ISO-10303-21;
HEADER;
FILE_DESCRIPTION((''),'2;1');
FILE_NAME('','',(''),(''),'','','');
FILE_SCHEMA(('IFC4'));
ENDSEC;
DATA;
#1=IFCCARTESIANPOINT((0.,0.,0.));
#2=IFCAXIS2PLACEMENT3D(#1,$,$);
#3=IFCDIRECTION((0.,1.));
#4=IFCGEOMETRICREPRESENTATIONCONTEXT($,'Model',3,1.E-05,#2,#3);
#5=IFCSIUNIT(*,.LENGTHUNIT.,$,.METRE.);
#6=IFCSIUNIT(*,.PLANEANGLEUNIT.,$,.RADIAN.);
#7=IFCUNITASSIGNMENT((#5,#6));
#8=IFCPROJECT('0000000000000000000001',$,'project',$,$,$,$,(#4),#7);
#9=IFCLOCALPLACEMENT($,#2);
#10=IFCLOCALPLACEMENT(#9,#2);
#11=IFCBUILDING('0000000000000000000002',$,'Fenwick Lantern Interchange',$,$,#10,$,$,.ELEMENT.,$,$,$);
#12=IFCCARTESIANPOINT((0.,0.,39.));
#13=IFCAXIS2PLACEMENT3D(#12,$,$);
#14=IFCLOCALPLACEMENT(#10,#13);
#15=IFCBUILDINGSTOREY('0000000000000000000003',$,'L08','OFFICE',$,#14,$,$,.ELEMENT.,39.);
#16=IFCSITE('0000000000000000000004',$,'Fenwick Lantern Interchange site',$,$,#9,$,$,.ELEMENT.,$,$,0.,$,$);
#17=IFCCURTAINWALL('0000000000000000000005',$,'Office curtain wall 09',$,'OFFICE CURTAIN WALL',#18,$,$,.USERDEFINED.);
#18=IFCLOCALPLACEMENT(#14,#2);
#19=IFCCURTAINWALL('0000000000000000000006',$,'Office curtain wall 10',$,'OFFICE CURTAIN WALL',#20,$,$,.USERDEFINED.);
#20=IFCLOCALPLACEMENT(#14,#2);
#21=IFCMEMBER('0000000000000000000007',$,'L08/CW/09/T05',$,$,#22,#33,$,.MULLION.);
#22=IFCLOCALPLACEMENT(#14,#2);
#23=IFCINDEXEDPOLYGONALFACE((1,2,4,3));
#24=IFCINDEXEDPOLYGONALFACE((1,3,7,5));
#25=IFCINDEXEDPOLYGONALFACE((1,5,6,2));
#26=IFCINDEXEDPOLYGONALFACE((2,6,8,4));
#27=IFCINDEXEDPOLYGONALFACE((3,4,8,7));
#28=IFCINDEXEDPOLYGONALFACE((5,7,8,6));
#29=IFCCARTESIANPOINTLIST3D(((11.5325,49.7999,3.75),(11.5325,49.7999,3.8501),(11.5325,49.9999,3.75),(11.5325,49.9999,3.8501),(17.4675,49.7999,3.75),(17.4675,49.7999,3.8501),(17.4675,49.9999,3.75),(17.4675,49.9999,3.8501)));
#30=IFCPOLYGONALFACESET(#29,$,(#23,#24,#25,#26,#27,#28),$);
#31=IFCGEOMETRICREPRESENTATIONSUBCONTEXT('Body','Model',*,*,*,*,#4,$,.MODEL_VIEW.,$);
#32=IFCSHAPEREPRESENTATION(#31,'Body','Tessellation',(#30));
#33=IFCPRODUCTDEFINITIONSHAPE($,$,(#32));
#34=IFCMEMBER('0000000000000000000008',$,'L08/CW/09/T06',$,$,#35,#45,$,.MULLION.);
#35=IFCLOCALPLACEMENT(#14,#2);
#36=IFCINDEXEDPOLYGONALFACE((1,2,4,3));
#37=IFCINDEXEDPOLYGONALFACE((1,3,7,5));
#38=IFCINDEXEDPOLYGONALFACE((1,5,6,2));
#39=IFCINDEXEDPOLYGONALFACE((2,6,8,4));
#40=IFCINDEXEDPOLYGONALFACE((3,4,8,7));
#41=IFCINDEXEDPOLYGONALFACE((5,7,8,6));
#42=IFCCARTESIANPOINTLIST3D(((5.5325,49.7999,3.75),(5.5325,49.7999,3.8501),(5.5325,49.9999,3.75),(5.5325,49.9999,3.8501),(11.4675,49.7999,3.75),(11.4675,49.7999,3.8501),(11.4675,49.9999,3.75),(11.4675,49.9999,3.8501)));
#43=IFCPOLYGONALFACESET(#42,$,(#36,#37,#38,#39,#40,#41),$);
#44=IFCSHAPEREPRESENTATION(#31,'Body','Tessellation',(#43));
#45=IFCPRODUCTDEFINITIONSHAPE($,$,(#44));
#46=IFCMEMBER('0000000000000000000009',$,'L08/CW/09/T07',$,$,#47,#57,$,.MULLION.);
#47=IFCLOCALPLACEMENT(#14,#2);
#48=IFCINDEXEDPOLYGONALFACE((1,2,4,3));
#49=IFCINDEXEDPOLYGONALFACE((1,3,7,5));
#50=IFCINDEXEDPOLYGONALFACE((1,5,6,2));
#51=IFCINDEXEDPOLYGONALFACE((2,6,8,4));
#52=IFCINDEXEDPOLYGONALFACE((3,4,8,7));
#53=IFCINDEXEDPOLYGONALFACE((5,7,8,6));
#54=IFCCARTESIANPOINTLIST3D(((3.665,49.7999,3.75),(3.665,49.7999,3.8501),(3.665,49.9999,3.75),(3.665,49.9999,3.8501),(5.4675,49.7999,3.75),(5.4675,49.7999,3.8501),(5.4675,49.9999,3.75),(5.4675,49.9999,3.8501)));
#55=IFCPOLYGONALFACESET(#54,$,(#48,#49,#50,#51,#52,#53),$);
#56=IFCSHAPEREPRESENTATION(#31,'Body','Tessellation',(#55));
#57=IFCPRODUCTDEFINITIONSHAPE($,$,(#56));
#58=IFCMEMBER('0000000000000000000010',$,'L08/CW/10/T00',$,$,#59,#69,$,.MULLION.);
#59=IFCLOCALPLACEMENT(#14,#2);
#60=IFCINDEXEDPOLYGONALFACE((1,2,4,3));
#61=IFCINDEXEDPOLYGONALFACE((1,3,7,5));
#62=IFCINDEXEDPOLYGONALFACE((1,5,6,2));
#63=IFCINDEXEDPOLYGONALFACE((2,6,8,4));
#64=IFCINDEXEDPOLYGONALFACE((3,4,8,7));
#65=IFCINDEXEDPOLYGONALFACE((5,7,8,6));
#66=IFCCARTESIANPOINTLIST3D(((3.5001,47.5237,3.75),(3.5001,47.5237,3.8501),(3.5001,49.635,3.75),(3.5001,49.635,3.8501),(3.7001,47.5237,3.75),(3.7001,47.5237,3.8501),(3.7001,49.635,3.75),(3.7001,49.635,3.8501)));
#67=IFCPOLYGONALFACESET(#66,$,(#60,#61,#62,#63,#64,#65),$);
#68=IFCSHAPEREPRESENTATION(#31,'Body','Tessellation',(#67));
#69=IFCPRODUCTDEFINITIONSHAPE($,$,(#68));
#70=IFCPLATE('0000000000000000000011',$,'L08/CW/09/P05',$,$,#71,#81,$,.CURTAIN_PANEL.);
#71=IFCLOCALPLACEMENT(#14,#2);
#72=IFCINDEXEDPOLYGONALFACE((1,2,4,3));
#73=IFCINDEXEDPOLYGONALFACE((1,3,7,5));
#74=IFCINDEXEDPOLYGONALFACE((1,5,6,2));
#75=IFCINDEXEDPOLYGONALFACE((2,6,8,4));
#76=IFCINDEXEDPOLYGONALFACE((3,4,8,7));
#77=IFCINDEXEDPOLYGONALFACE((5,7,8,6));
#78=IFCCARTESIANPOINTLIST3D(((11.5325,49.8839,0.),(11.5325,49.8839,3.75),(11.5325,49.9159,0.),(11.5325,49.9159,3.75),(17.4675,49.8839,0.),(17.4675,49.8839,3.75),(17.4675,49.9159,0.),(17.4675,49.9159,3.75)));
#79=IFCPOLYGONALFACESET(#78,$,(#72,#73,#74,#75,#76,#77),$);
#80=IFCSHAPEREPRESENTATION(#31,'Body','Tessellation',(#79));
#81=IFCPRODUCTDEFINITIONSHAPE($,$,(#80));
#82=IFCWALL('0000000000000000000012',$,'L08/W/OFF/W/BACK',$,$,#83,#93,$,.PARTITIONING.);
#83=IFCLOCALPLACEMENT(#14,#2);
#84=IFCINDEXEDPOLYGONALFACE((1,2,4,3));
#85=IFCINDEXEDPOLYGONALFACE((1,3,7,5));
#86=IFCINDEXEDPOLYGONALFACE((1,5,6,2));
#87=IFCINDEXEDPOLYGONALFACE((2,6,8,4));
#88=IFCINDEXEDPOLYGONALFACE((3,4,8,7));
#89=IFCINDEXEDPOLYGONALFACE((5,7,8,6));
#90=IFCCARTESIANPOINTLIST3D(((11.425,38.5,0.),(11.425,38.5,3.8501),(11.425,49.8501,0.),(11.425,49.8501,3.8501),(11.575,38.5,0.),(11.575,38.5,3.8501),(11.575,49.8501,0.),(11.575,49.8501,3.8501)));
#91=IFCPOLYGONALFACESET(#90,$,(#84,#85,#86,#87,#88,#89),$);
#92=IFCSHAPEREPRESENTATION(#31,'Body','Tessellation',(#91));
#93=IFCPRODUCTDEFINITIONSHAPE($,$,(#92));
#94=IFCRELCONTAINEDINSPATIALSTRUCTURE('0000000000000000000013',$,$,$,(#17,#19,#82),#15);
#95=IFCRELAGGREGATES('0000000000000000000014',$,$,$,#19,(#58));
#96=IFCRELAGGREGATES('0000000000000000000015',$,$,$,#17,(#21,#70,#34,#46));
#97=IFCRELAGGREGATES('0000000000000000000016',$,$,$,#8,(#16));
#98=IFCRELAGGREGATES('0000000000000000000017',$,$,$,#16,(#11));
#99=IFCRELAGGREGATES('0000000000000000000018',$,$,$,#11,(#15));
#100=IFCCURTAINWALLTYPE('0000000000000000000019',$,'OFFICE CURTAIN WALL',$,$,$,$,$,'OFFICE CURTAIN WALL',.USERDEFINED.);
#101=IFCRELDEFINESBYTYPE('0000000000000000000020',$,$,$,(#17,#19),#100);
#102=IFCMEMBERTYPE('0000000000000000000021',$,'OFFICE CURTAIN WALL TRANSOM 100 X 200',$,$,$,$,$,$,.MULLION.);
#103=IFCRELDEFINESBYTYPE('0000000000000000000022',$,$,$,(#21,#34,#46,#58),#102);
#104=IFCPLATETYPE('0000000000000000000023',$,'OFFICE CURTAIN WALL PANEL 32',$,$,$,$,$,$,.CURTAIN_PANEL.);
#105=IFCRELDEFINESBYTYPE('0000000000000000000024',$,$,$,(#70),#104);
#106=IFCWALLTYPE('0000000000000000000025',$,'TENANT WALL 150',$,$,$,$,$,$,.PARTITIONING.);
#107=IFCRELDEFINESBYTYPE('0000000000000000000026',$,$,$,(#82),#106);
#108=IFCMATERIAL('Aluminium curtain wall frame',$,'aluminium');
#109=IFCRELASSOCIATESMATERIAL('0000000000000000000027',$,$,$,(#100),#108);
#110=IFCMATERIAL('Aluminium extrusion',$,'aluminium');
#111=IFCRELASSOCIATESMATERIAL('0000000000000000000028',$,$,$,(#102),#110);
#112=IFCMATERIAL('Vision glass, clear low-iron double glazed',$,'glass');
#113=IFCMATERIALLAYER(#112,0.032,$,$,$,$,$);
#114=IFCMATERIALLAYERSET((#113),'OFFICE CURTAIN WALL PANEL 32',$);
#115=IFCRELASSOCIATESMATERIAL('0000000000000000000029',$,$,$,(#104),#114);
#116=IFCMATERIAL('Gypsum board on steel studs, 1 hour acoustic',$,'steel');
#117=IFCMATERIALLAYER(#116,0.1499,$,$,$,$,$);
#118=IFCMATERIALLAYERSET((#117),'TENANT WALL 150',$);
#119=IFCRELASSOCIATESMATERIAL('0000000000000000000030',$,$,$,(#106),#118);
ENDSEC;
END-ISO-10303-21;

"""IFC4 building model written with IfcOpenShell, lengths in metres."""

from ifc_helpers import new_model, si_unit, direction, frame, frame_2d, origin, origin_2d, place, context, subcontext, project, spatial, rectangle, extrude, material, layer, layer_set, material_profile, profile_set, type_object, element, aggregate, save


model = new_model("IFC4")

# Units and contexts
model_context = context("Model", 3, precision=1e-05, world=origin(), true_north=direction((0.0, 1.0)))
body_context = subcontext(model_context, "Body", "Model", "MODEL_VIEW")
ifc_project = project(units=[si_unit("LENGTHUNIT", "METRE"), si_unit("PLANEANGLEUNIT", "RADIAN")], contexts=[model_context])

# Site, building, storey
site_placement = place(None, origin())
site = spatial("IfcSite", under=ifc_project, at=site_placement, Name="Fenwick Lantern Interchange site", CompositionType="ELEMENT", RefElevation=0.0)
building_placement = place(site_placement, origin())
building = spatial("IfcBuilding", under=site, at=building_placement, Name="Fenwick Lantern Interchange", CompositionType="ELEMENT")
storey_placement = place(building_placement, frame((0.0, 0.0, 39.0)))
storey = spatial("IfcBuildingStorey", under=building, at=storey_placement, Name="L08", Description="OFFICE", CompositionType="ELEMENT", Elevation=39.0)

# Curtain walls
ifc_material_1 = material(Name="Aluminium curtain wall frame", Category="aluminium")
curtain_wall_type = type_object("IfcCurtainWallType", Name="OFFICE CURTAIN WALL", ElementType="OFFICE CURTAIN WALL", PredefinedType="USERDEFINED", material=ifc_material_1)
curtain_wall_1_placement = place(storey_placement, origin())
curtain_wall_1 = element("IfcCurtainWall", 1, at=curtain_wall_1_placement, inside=storey, type_object=curtain_wall_type, Name="Office curtain wall 09", ObjectType="OFFICE CURTAIN WALL", PredefinedType="USERDEFINED")
ifc_material_2 = material(Name="Aluminium extrusion", Category="aluminium")
curtain_wall_2_placement = place(storey_placement, origin())
curtain_wall_2 = element("IfcCurtainWall", 2, at=curtain_wall_2_placement, inside=storey, type_object=curtain_wall_type, Name="Office curtain wall 10", ObjectType="OFFICE CURTAIN WALL", PredefinedType="USERDEFINED")

# Members
ifc_material_profile_1 = material_profile(ifc_material_2, rectangle(XDim=0.2, YDim=0.1001, at=origin_2d()), Name="OFFICE CURTAIN WALL TRANSOM 100 X 200")
ifc_profile_set_1 = profile_set([ifc_material_profile_1], Name="Aluminium extrusion")
member_type_1 = type_object("IfcMemberType", Name="OFFICE CURTAIN WALL TRANSOM 100 X 200", PredefinedType="MULLION", material=ifc_profile_set_1)
member_1_placement = place(storey_placement, frame((17.4675, 49.8999, 3.8), z_axis=(-1.0, 0.0, 0.0), x_axis=(0.0, -1.0, 0.0)))
member_1 = element("IfcMember", 3, at=member_1_placement, type_object=member_type_1, Name="L08/CW/09/T05", PredefinedType="MULLION", context=body_context, shape_type="SweptSolid", body=[
    extrude(rectangle(XDim=0.2, YDim=0.1001, at=origin_2d()), origin(), (0.0, 0.0, 1.0), 5.9351),
])
member_2_placement = place(storey_placement, frame((11.4675, 49.8999, 3.8), z_axis=(-1.0, 0.0, 0.0), x_axis=(0.0, -1.0, 0.0)))
member_2 = element("IfcMember", 4, at=member_2_placement, type_object=member_type_1, Name="L08/CW/09/T06", PredefinedType="MULLION", context=body_context, shape_type="SweptSolid", body=[
    extrude(rectangle(XDim=0.2, YDim=0.1001, at=origin_2d()), origin(), (0.0, 0.0, 1.0), 5.9351),
])
member_3_placement = place(storey_placement, frame((5.4675, 49.8999, 3.8), z_axis=(-1.0, 0.0, 0.0), x_axis=(0.0, -1.0, 0.0)))
member_3 = element("IfcMember", 5, at=member_3_placement, type_object=member_type_1, Name="L08/CW/09/T07", PredefinedType="MULLION", context=body_context, shape_type="SweptSolid", body=[
    extrude(rectangle(XDim=0.2, YDim=0.1001, at=origin_2d()), origin(), (0.0, 0.0, 1.0), 1.8025),
])
member_4_placement = place(storey_placement, frame((3.6001, 49.635, 3.8), z_axis=(0.0, -1.0, 0.0), x_axis=(1.0, 0.0, 0.0)))
member_4 = element("IfcMember", 6, at=member_4_placement, type_object=member_type_1, Name="L08/CW/10/T00", PredefinedType="MULLION", context=body_context, shape_type="SweptSolid", body=[
    extrude(rectangle(XDim=0.2, YDim=0.1001, at=origin_2d()), origin(), (0.0, 0.0, 1.0), 2.1113),
])
aggregate(curtain_wall_2, [member_4])

# Plate
ifc_material_3 = material(Name="Vision glass, clear low-iron double glazed", Category="glass")
ifc_layer_1 = layer(ifc_material_3, 0.032)
ifc_layer_set_1 = layer_set([ifc_layer_1], Name="OFFICE CURTAIN WALL PANEL 32")
plate_type = type_object("IfcPlateType", Name="OFFICE CURTAIN WALL PANEL 32", PredefinedType="CURTAIN_PANEL", material=ifc_layer_set_1)
plate_placement = place(storey_placement, frame((14.5, 49.8999, 0.0), z_axis=(0.0, 0.0, 1.0), x_axis=(-1.0, 0.0, 0.0)))
plate = element("IfcPlate", 7, at=plate_placement, type_object=plate_type, Name="L08/CW/09/P05", PredefinedType="CURTAIN_PANEL", context=body_context, shape_type="SweptSolid", body=[
    extrude(rectangle(XDim=5.9351, YDim=0.032, at=origin_2d()), origin(), (0.0, 0.0, 1.0), 3.75),
])
aggregate(curtain_wall_1, [member_1, plate, member_2, member_3])

# Wall
ifc_material_4 = material(Name="Gypsum board on steel studs, 1 hour acoustic", Category="steel")
ifc_layer_2 = layer(ifc_material_4, 0.1499)
ifc_layer_set_2 = layer_set([ifc_layer_2], Name="TENANT WALL 150")
wall_type = type_object("IfcWallType", Name="TENANT WALL 150", PredefinedType="PARTITIONING", material=ifc_layer_set_2)
wall_placement = place(storey_placement, frame((11.5, 49.8501, 0.0), z_axis=(0.0, 0.0, 1.0), x_axis=(0.0, -1.0, 0.0)))
element("IfcWall", 8, at=wall_placement, inside=storey, type_object=wall_type, Name="L08/W/OFF/W/BACK", PredefinedType="PARTITIONING", context=body_context, shape_type="SweptSolid", body=[
    extrude(rectangle(XDim=11.3501, YDim=0.1499, at=frame_2d((5.675, 0.0))), origin(), (0.0, 0.0, 1.0), 3.8501),
])

save(model, "model.ifc")
